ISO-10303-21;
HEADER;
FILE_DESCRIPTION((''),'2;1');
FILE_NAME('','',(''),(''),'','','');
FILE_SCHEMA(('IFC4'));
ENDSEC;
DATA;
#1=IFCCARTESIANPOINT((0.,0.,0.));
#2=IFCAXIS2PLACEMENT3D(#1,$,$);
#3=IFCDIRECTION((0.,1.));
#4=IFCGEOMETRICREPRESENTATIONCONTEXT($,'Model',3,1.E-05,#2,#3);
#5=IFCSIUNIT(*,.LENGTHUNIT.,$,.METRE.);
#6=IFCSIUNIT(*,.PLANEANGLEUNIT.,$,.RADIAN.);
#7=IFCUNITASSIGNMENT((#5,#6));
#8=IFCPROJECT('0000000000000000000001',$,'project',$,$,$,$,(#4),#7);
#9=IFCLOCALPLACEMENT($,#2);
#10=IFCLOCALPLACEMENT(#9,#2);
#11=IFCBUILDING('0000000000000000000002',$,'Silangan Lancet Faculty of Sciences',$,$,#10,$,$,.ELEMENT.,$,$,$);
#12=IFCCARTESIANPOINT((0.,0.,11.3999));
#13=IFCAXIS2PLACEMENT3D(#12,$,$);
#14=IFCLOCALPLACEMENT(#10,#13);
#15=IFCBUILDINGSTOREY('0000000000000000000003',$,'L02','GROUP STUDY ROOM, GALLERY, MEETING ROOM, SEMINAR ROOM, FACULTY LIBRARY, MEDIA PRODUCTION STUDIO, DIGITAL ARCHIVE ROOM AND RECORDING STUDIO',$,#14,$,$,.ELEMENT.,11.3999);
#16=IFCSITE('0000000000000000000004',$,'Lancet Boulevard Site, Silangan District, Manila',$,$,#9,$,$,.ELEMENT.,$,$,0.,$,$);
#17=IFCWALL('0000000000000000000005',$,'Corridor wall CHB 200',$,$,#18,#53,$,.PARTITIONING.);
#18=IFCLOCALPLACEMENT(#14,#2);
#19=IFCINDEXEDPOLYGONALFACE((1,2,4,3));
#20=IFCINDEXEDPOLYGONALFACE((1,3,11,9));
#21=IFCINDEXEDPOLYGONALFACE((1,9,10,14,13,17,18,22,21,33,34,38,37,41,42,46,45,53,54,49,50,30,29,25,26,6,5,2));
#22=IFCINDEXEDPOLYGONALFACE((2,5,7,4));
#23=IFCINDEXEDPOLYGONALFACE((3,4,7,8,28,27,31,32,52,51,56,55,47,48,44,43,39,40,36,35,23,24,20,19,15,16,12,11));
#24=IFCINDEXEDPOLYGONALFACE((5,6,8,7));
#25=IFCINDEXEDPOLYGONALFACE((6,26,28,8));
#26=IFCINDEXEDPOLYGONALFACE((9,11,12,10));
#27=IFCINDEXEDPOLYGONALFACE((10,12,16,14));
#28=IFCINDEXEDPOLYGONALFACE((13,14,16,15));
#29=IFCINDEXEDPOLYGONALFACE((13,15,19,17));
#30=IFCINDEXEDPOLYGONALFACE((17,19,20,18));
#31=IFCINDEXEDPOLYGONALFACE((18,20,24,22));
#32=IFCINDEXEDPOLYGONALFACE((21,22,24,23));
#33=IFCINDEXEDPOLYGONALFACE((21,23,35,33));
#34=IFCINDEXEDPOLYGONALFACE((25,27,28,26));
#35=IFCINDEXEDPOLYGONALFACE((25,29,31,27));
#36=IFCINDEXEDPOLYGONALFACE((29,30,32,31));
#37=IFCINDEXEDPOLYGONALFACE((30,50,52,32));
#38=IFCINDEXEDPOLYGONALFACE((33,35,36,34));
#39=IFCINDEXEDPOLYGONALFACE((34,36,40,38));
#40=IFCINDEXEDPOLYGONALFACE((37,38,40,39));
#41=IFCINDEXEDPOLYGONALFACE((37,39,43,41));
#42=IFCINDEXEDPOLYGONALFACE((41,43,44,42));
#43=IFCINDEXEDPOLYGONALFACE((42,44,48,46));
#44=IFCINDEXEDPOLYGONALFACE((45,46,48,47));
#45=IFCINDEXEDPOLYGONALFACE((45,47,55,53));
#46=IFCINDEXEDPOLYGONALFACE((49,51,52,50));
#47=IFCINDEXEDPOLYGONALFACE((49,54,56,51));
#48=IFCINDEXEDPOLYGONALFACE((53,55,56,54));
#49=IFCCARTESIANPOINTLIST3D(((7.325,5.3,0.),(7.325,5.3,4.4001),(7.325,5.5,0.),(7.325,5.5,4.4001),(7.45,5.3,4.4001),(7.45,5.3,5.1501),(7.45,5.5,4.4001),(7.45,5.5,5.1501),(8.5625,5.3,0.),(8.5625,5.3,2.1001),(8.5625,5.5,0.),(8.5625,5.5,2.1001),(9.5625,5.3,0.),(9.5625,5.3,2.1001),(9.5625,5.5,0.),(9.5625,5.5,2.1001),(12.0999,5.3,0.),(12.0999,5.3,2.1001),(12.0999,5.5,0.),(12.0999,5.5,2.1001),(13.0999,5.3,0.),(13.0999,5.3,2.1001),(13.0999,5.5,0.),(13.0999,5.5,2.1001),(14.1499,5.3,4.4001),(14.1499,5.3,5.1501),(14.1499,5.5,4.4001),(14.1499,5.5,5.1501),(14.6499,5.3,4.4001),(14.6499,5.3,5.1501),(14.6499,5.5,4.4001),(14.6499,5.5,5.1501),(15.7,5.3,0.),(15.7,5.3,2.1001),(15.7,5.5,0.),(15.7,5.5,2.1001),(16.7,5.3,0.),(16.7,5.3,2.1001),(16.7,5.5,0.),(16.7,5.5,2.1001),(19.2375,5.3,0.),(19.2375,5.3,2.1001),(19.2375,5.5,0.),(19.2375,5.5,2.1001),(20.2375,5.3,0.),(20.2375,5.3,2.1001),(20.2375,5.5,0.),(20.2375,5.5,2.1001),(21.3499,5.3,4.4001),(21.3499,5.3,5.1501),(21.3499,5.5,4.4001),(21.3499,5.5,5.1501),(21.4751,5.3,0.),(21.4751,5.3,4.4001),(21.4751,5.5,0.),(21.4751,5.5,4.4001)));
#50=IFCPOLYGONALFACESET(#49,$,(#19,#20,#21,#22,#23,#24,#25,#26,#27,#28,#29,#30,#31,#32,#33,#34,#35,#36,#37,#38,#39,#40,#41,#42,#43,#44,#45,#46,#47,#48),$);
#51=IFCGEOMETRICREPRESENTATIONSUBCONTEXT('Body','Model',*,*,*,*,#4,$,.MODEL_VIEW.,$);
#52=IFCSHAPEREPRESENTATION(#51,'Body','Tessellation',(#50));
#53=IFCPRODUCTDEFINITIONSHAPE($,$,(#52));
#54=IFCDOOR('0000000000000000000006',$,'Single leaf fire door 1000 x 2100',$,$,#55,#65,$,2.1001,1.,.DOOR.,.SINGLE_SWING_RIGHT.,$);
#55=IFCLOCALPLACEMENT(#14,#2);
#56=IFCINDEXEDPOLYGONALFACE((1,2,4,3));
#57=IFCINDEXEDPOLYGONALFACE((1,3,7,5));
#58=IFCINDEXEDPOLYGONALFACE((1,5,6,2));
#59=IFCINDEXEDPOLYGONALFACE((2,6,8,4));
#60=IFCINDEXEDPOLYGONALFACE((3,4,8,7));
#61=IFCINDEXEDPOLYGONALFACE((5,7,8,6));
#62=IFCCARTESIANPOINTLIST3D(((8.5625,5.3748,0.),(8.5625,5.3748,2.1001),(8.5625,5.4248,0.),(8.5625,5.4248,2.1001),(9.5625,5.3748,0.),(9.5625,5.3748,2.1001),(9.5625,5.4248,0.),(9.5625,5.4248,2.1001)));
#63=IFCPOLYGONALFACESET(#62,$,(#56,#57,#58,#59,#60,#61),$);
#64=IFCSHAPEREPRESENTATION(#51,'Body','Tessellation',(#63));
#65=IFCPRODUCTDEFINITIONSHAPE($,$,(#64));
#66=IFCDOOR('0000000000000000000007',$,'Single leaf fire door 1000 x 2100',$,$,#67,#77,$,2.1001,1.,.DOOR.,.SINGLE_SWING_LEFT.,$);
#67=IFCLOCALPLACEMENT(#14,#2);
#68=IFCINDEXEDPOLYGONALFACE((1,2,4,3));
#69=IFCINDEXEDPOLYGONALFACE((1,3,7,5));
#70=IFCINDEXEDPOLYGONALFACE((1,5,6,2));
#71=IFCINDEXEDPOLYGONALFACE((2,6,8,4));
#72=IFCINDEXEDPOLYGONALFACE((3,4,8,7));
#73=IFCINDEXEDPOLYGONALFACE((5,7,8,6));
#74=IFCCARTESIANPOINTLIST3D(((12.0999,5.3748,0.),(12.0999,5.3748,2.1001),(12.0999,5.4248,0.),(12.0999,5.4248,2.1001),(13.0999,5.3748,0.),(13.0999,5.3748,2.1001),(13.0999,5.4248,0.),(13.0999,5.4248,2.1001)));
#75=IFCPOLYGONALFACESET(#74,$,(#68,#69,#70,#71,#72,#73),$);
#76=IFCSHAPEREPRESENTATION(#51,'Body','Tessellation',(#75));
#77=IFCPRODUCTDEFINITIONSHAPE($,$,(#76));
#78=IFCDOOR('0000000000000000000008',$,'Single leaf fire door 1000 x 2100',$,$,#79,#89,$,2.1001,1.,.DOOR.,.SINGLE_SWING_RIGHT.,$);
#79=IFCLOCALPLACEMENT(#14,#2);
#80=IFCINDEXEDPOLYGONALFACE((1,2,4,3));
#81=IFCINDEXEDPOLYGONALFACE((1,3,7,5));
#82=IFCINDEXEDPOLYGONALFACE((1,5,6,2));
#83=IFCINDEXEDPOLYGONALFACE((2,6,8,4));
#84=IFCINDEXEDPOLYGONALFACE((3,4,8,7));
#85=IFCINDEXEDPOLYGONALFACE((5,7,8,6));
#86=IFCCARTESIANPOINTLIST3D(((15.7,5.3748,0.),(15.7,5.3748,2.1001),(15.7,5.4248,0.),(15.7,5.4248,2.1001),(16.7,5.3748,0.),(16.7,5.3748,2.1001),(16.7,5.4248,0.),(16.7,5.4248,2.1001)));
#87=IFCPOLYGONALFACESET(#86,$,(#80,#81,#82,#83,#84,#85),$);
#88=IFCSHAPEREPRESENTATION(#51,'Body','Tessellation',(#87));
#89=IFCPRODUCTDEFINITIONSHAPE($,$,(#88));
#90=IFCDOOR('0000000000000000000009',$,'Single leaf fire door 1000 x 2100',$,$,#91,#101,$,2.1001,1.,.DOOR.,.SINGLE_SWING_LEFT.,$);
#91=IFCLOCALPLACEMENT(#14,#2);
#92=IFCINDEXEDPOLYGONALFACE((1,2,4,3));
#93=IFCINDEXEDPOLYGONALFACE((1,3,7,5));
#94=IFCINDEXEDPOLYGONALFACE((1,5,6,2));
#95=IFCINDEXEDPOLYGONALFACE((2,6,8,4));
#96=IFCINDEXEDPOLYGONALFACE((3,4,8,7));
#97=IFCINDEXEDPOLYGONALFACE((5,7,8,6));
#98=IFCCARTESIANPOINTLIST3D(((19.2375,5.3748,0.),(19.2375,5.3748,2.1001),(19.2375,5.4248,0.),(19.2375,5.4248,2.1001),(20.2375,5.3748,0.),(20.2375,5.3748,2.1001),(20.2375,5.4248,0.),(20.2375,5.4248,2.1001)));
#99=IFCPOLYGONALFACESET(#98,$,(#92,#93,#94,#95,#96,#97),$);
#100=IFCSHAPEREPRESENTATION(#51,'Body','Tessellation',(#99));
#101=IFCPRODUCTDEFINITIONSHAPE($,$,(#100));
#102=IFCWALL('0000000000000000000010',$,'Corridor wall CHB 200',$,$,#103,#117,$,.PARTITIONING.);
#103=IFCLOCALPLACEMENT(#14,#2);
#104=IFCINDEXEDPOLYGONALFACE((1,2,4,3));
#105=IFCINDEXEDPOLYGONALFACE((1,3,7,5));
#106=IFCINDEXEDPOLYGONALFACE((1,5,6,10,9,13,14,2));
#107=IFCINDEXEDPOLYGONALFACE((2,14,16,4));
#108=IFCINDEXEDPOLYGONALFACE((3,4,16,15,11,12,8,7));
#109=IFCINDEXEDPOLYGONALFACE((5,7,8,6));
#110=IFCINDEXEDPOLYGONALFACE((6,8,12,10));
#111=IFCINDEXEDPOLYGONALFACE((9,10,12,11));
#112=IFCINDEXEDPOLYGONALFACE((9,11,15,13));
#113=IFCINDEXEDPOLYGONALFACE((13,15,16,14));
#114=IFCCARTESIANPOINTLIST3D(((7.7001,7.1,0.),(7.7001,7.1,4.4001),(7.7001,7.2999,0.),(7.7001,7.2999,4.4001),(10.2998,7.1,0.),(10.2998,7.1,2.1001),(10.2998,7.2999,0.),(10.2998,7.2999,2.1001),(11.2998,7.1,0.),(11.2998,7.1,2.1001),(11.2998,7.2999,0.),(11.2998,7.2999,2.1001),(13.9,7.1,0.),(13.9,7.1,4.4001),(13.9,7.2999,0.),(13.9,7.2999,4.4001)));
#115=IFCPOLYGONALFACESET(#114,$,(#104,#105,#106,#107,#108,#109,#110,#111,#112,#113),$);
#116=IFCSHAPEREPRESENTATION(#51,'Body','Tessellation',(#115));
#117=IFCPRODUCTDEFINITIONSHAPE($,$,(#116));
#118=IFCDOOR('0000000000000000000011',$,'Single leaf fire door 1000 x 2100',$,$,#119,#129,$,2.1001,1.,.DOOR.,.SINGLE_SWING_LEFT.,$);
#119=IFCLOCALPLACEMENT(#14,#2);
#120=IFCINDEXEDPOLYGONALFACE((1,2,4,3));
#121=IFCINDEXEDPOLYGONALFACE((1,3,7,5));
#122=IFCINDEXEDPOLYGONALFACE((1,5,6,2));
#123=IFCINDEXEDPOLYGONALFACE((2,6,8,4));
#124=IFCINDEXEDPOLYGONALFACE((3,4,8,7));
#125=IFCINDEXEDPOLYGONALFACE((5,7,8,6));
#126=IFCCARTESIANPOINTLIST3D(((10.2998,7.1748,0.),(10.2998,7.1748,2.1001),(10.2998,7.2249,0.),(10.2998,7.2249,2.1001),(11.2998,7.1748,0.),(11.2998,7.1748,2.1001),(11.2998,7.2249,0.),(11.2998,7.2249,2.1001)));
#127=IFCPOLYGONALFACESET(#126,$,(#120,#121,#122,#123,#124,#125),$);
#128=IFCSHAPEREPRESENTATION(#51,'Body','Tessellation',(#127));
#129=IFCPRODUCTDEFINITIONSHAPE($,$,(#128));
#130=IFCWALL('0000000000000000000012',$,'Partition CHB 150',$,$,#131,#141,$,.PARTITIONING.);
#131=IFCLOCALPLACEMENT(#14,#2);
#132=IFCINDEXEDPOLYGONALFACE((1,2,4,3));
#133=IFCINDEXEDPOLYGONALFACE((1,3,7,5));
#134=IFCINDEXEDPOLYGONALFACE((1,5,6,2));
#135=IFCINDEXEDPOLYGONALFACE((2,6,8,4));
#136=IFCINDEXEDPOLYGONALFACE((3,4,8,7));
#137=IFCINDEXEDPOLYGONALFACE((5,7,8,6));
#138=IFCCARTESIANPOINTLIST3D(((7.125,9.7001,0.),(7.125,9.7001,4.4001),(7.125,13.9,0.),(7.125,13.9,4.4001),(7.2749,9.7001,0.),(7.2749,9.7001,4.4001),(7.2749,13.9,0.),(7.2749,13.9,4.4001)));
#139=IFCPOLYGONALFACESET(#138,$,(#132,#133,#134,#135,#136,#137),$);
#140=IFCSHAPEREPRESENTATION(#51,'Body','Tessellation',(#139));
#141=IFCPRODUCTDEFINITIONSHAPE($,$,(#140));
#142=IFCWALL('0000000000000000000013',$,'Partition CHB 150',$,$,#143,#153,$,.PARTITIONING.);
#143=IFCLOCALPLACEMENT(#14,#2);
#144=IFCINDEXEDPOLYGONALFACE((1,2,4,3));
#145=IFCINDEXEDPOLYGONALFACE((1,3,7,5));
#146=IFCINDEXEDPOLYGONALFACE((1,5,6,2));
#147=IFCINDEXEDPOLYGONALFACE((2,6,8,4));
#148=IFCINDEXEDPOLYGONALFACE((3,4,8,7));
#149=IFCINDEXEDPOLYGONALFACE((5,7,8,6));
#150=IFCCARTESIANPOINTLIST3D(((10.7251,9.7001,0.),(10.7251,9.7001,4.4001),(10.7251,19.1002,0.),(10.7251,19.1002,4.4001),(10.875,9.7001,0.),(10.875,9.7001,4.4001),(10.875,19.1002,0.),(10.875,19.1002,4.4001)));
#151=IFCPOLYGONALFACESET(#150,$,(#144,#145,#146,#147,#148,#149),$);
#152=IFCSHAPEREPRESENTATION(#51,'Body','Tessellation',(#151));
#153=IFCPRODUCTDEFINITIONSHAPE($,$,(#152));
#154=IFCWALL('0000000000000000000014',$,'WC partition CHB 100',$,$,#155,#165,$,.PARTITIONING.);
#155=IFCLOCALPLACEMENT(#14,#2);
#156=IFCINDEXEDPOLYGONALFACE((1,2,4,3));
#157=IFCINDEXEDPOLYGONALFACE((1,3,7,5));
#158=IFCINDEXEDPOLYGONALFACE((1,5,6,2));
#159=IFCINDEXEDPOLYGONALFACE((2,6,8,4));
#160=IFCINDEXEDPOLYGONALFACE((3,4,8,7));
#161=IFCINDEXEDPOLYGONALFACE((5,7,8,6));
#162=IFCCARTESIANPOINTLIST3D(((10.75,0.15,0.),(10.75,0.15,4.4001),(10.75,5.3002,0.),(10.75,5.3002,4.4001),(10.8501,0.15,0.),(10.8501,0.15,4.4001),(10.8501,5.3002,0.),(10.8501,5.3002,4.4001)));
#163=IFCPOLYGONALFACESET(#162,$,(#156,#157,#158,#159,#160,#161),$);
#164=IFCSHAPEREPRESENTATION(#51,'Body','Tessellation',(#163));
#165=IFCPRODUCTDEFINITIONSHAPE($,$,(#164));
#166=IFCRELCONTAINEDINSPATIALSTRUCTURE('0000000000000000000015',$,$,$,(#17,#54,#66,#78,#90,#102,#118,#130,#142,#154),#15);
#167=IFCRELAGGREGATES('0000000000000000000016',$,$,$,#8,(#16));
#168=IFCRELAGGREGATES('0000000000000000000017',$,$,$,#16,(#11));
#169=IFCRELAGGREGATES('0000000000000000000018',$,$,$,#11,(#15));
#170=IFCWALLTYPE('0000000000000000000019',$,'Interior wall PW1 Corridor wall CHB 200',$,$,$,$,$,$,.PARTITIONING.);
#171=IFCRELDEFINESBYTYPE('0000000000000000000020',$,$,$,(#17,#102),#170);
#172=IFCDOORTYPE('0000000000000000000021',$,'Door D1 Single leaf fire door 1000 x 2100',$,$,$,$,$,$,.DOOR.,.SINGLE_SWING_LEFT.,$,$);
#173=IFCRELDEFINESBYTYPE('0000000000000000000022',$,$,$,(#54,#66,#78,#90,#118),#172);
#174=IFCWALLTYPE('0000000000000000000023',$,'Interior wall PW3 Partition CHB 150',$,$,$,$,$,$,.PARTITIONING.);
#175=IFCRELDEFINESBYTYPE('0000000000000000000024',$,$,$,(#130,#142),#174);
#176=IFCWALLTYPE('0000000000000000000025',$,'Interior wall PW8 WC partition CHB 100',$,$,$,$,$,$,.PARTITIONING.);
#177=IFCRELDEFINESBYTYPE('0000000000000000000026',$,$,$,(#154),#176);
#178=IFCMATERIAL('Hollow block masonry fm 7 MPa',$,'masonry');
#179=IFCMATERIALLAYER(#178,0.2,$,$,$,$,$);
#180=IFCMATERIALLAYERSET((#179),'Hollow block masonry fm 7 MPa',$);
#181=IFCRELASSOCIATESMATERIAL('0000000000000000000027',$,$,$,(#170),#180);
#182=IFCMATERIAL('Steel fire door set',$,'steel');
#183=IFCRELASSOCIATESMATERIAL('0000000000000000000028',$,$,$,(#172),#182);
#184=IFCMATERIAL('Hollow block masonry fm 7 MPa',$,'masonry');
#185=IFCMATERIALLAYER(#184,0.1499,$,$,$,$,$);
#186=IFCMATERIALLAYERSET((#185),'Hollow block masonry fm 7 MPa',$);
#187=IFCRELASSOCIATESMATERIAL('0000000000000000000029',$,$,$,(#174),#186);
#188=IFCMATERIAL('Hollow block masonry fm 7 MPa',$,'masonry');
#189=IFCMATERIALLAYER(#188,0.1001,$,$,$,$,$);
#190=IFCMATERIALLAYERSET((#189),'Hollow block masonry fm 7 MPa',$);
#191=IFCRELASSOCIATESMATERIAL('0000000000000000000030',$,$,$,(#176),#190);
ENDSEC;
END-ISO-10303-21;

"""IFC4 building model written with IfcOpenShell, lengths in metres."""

from ifc_helpers import new_model, si_unit, direction, frame, frame_2d, origin, place, context, subcontext, project, spatial, polyline, rectangle, outline, extrude, material, layer, layer_set, type_object, element, fill, save


model = new_model("IFC4")

# Units and contexts
model_context = context("Model", 3, precision=1e-05, world=origin(), true_north=direction((0.0, 1.0)))
body_context = subcontext(model_context, "Body", "Model", "MODEL_VIEW")
ifc_project = project(units=[si_unit("LENGTHUNIT", "METRE"), si_unit("PLANEANGLEUNIT", "RADIAN")], contexts=[model_context])

# Site, building, storey
site_placement = place(None, origin())
site = spatial("IfcSite", under=ifc_project, at=site_placement, Name="Lancet Boulevard Site, Silangan District, Manila", CompositionType="ELEMENT", RefElevation=0.0)
building_placement = place(site_placement, origin())
building = spatial("IfcBuilding", under=site, at=building_placement, Name="Silangan Lancet Faculty of Sciences", CompositionType="ELEMENT")
storey_placement = place(building_placement, frame((0.0, 0.0, 11.3999)))
storey = spatial("IfcBuildingStorey", under=building, at=storey_placement, Name="L02", Description="GROUP STUDY ROOM, GALLERY, MEETING ROOM, SEMINAR ROOM, FACULTY LIBRARY, MEDIA PRODUCTION STUDIO, DIGITAL ARCHIVE ROOM AND RECORDING STUDIO", CompositionType="ELEMENT", Elevation=11.3999)

# Wall, openings, doors
ifc_material_1 = material(Name="Hollow block masonry fm 7 MPa", Category="masonry")
ifc_layer_1 = layer(ifc_material_1, 0.2)
ifc_layer_set_1 = layer_set([ifc_layer_1], Name="Hollow block masonry fm 7 MPa")
wall_type_1 = type_object("IfcWallType", Name="Interior wall PW1 Corridor wall CHB 200", PredefinedType="PARTITIONING", material=ifc_layer_set_1)
wall_1_placement = place(storey_placement, frame((7.325, 5.3999, 0.0), z_axis=(0.0, 0.0, 1.0), x_axis=(1.0, 0.0, 0.0)))
wall_1 = element("IfcWall", 1, at=wall_1_placement, inside=storey, type_object=wall_type_1, Name="Corridor wall CHB 200", PredefinedType="PARTITIONING", context=body_context, shape_type="SweptSolid", body=[
    extrude(outline(polyline([(0.0, 0.0), (14.1501, 0.0), (14.1501, 4.4001), (14.0249, 4.4001), (14.0249, 5.1501), (7.325, 5.1501), (7.325, 4.4001), (6.825, 4.4001), (6.825, 5.1501), (0.125, 5.1501), (0.125, 4.4001), (0.0, 4.4001), (0.0, 0.0)])), frame((0.0, 0.1001, 0.0), z_axis=(0.0, -1.0, 0.0), x_axis=(1.0, 0.0, 0.0)), (0.0, 0.0, 1.0), 0.2),
])
opening_1_placement = place(wall_1_placement, frame((1.2375, 0.0, 0.0)))
opening_1 = element("IfcOpeningElement", 2, at=opening_1_placement, cuts=wall_1, PredefinedType="OPENING", context=body_context, shape_type="SweptSolid", body=[
    extrude(rectangle(XDim=1.0, YDim=2.1001, at=frame_2d((0.5, 1.05))), frame((0.0, 0.1099, 0.0), z_axis=(0.0, -1.0, 0.0), x_axis=(1.0, 0.0, 0.0)), (0.0, 0.0, 1.0), 0.22),
])
opening_2_placement = place(wall_1_placement, frame((4.7749, 0.0, 0.0)))
opening_2 = element("IfcOpeningElement", 3, at=opening_2_placement, cuts=wall_1, PredefinedType="OPENING", context=body_context, shape_type="SweptSolid", body=[
    extrude(rectangle(XDim=1.0, YDim=2.1001, at=frame_2d((0.5, 1.05))), frame((0.0, 0.1099, 0.0), z_axis=(0.0, -1.0, 0.0), x_axis=(1.0, 0.0, 0.0)), (0.0, 0.0, 1.0), 0.22),
])
opening_3_placement = place(wall_1_placement, frame((8.375, 0.0, 0.0)))
opening_3 = element("IfcOpeningElement", 4, at=opening_3_placement, cuts=wall_1, PredefinedType="OPENING", context=body_context, shape_type="SweptSolid", body=[
    extrude(rectangle(XDim=1.0, YDim=2.1001, at=frame_2d((0.5, 1.05))), frame((0.0, 0.1099, 0.0), z_axis=(0.0, -1.0, 0.0), x_axis=(1.0, 0.0, 0.0)), (0.0, 0.0, 1.0), 0.22),
])
opening_4_placement = place(wall_1_placement, frame((11.9126, 0.0, 0.0)))
opening_4 = element("IfcOpeningElement", 5, at=opening_4_placement, cuts=wall_1, PredefinedType="OPENING", context=body_context, shape_type="SweptSolid", body=[
    extrude(rectangle(XDim=1.0, YDim=2.1001, at=frame_2d((0.5, 1.05))), frame((0.0, 0.1099, 0.0), z_axis=(0.0, -1.0, 0.0), x_axis=(1.0, 0.0, 0.0)), (0.0, 0.0, 1.0), 0.22),
])
ifc_material_2 = material(Name="Steel fire door set", Category="steel")
door_type = type_object("IfcDoorType", Name="Door D1 Single leaf fire door 1000 x 2100", OperationType="SINGLE_SWING_LEFT", PredefinedType="DOOR", material=ifc_material_2)
door_1_placement = place(opening_1_placement, frame((1.0, 0.0, 0.0), z_axis=(0.0, 0.0, 1.0), x_axis=(-1.0, 0.0, 0.0)))
door_1 = element("IfcDoor", 6, at=door_1_placement, inside=storey, type_object=door_type, Name="Single leaf fire door 1000 x 2100", OperationType="SINGLE_SWING_RIGHT", OverallHeight=2.1001, OverallWidth=1.0, PredefinedType="DOOR", context=body_context, shape_type="SweptSolid", body=[
    extrude(rectangle(XDim=1.0, YDim=2.1001, at=frame_2d((0.5, 1.05))), frame((0.0, 0.0251, 0.0), z_axis=(0.0, -1.0, 0.0), x_axis=(1.0, 0.0, 0.0)), (0.0, 0.0, 1.0), 0.05),
])
fill(opening_1, door_1)
door_2_placement = place(opening_2_placement, frame((1.0, 0.0, 0.0), z_axis=(0.0, 0.0, 1.0), x_axis=(-1.0, 0.0, 0.0)))
door_2 = element("IfcDoor", 7, at=door_2_placement, inside=storey, type_object=door_type, Name="Single leaf fire door 1000 x 2100", OperationType="SINGLE_SWING_LEFT", OverallHeight=2.1001, OverallWidth=1.0, PredefinedType="DOOR", context=body_context, shape_type="SweptSolid", body=[
    extrude(rectangle(XDim=1.0, YDim=2.1001, at=frame_2d((0.5, 1.05))), frame((0.0, 0.0251, 0.0), z_axis=(0.0, -1.0, 0.0), x_axis=(1.0, 0.0, 0.0)), (0.0, 0.0, 1.0), 0.05),
])
fill(opening_2, door_2)
door_3_placement = place(opening_3_placement, frame((1.0, 0.0, 0.0), z_axis=(0.0, 0.0, 1.0), x_axis=(-1.0, 0.0, 0.0)))
door_3 = element("IfcDoor", 8, at=door_3_placement, inside=storey, type_object=door_type, Name="Single leaf fire door 1000 x 2100", OperationType="SINGLE_SWING_RIGHT", OverallHeight=2.1001, OverallWidth=1.0, PredefinedType="DOOR", context=body_context, shape_type="SweptSolid", body=[
    extrude(rectangle(XDim=1.0, YDim=2.1001, at=frame_2d((0.5, 1.05))), frame((0.0, 0.0251, 0.0), z_axis=(0.0, -1.0, 0.0), x_axis=(1.0, 0.0, 0.0)), (0.0, 0.0, 1.0), 0.05),
])
fill(opening_3, door_3)
door_4_placement = place(opening_4_placement, frame((1.0, 0.0, 0.0), z_axis=(0.0, 0.0, 1.0), x_axis=(-1.0, 0.0, 0.0)))
door_4 = element("IfcDoor", 9, at=door_4_placement, inside=storey, type_object=door_type, Name="Single leaf fire door 1000 x 2100", OperationType="SINGLE_SWING_LEFT", OverallHeight=2.1001, OverallWidth=1.0, PredefinedType="DOOR", context=body_context, shape_type="SweptSolid", body=[
    extrude(rectangle(XDim=1.0, YDim=2.1001, at=frame_2d((0.5, 1.05))), frame((0.0, 0.0251, 0.0), z_axis=(0.0, -1.0, 0.0), x_axis=(1.0, 0.0, 0.0)), (0.0, 0.0, 1.0), 0.05),
])
fill(opening_4, door_4)

# Wall, opening, door
wall_2_placement = place(storey_placement, frame((7.7, 7.2, 0.0), z_axis=(0.0, 0.0, 1.0), x_axis=(1.0, 0.0, 0.0)))
wall_2 = element("IfcWall", 10, at=wall_2_placement, inside=storey, type_object=wall_type_1, Name="Corridor wall CHB 200", PredefinedType="PARTITIONING", context=body_context, shape_type="SweptSolid", body=[
    extrude(rectangle(XDim=6.2, YDim=0.2, at=frame_2d((3.1001, 0.0))), origin(), (0.0, 0.0, 1.0), 4.4001),
])
opening_5_placement = place(wall_2_placement, frame((2.5999, 0.0, 0.0)))
opening_5 = element("IfcOpeningElement", 11, at=opening_5_placement, cuts=wall_2, PredefinedType="OPENING", context=body_context, shape_type="SweptSolid", body=[
    extrude(rectangle(XDim=1.0, YDim=2.1001, at=frame_2d((0.5, 1.05))), frame((0.0, 0.1099, 0.0), z_axis=(0.0, -1.0, 0.0), x_axis=(1.0, 0.0, 0.0)), (0.0, 0.0, 1.0), 0.22),
])
door_5_placement = place(opening_5_placement, frame((1.0, 0.0, 0.0), z_axis=(0.0, 0.0, 1.0), x_axis=(-1.0, 0.0, 0.0)))
door_5 = element("IfcDoor", 12, at=door_5_placement, inside=storey, type_object=door_type, Name="Single leaf fire door 1000 x 2100", OperationType="SINGLE_SWING_LEFT", OverallHeight=2.1001, OverallWidth=1.0, PredefinedType="DOOR", context=body_context, shape_type="SweptSolid", body=[
    extrude(rectangle(XDim=1.0, YDim=2.1001, at=frame_2d((0.5, 1.05))), frame((0.0, 0.0251, 0.0), z_axis=(0.0, -1.0, 0.0), x_axis=(1.0, 0.0, 0.0)), (0.0, 0.0, 1.0), 0.05),
])
fill(opening_5, door_5)

# Walls
ifc_material_3 = material(Name="Hollow block masonry fm 7 MPa", Category="masonry")
ifc_layer_2 = layer(ifc_material_3, 0.1499)
ifc_layer_set_2 = layer_set([ifc_layer_2], Name="Hollow block masonry fm 7 MPa")
wall_type_2 = type_object("IfcWallType", Name="Interior wall PW3 Partition CHB 150", PredefinedType="PARTITIONING", material=ifc_layer_set_2)
wall_3_placement = place(storey_placement, frame((7.2, 9.7, 0.0), z_axis=(0.0, 0.0, 1.0), x_axis=(0.0, 1.0, 0.0)))
element("IfcWall", 13, at=wall_3_placement, inside=storey, type_object=wall_type_2, Name="Partition CHB 150", PredefinedType="PARTITIONING", context=body_context, shape_type="SweptSolid", body=[
    extrude(rectangle(XDim=4.2, YDim=0.1499, at=frame_2d((2.1001, 0.0))), origin(), (0.0, 0.0, 1.0), 4.4001),
])
wall_4_placement = place(storey_placement, frame((10.8, 9.7, 0.0), z_axis=(0.0, 0.0, 1.0), x_axis=(0.0, 1.0, 0.0)))
element("IfcWall", 14, at=wall_4_placement, inside=storey, type_object=wall_type_2, Name="Partition CHB 150", PredefinedType="PARTITIONING", context=body_context, shape_type="SweptSolid", body=[
    extrude(rectangle(XDim=9.4001, YDim=0.1499, at=frame_2d((4.7002, 0.0))), origin(), (0.0, 0.0, 1.0), 4.4001),
])
ifc_material_4 = material(Name="Hollow block masonry fm 7 MPa", Category="masonry")
ifc_layer_3 = layer(ifc_material_4, 0.1001)
ifc_layer_set_3 = layer_set([ifc_layer_3], Name="Hollow block masonry fm 7 MPa")
wall_type_3 = type_object("IfcWallType", Name="Interior wall PW8 WC partition CHB 100", PredefinedType="PARTITIONING", material=ifc_layer_set_3)
wall_5_placement = place(storey_placement, frame((10.8, 0.1499, 0.0), z_axis=(0.0, 0.0, 1.0), x_axis=(0.0, 1.0, 0.0)))
element("IfcWall", 15, at=wall_5_placement, inside=storey, type_object=wall_type_3, Name="WC partition CHB 100", PredefinedType="PARTITIONING", context=body_context, shape_type="SweptSolid", body=[
    extrude(rectangle(XDim=5.1501, YDim=0.1001, at=frame_2d((2.5752, 0.0))), origin(), (0.0, 0.0, 1.0), 4.4001),
])

save(model, "model.ifc")
